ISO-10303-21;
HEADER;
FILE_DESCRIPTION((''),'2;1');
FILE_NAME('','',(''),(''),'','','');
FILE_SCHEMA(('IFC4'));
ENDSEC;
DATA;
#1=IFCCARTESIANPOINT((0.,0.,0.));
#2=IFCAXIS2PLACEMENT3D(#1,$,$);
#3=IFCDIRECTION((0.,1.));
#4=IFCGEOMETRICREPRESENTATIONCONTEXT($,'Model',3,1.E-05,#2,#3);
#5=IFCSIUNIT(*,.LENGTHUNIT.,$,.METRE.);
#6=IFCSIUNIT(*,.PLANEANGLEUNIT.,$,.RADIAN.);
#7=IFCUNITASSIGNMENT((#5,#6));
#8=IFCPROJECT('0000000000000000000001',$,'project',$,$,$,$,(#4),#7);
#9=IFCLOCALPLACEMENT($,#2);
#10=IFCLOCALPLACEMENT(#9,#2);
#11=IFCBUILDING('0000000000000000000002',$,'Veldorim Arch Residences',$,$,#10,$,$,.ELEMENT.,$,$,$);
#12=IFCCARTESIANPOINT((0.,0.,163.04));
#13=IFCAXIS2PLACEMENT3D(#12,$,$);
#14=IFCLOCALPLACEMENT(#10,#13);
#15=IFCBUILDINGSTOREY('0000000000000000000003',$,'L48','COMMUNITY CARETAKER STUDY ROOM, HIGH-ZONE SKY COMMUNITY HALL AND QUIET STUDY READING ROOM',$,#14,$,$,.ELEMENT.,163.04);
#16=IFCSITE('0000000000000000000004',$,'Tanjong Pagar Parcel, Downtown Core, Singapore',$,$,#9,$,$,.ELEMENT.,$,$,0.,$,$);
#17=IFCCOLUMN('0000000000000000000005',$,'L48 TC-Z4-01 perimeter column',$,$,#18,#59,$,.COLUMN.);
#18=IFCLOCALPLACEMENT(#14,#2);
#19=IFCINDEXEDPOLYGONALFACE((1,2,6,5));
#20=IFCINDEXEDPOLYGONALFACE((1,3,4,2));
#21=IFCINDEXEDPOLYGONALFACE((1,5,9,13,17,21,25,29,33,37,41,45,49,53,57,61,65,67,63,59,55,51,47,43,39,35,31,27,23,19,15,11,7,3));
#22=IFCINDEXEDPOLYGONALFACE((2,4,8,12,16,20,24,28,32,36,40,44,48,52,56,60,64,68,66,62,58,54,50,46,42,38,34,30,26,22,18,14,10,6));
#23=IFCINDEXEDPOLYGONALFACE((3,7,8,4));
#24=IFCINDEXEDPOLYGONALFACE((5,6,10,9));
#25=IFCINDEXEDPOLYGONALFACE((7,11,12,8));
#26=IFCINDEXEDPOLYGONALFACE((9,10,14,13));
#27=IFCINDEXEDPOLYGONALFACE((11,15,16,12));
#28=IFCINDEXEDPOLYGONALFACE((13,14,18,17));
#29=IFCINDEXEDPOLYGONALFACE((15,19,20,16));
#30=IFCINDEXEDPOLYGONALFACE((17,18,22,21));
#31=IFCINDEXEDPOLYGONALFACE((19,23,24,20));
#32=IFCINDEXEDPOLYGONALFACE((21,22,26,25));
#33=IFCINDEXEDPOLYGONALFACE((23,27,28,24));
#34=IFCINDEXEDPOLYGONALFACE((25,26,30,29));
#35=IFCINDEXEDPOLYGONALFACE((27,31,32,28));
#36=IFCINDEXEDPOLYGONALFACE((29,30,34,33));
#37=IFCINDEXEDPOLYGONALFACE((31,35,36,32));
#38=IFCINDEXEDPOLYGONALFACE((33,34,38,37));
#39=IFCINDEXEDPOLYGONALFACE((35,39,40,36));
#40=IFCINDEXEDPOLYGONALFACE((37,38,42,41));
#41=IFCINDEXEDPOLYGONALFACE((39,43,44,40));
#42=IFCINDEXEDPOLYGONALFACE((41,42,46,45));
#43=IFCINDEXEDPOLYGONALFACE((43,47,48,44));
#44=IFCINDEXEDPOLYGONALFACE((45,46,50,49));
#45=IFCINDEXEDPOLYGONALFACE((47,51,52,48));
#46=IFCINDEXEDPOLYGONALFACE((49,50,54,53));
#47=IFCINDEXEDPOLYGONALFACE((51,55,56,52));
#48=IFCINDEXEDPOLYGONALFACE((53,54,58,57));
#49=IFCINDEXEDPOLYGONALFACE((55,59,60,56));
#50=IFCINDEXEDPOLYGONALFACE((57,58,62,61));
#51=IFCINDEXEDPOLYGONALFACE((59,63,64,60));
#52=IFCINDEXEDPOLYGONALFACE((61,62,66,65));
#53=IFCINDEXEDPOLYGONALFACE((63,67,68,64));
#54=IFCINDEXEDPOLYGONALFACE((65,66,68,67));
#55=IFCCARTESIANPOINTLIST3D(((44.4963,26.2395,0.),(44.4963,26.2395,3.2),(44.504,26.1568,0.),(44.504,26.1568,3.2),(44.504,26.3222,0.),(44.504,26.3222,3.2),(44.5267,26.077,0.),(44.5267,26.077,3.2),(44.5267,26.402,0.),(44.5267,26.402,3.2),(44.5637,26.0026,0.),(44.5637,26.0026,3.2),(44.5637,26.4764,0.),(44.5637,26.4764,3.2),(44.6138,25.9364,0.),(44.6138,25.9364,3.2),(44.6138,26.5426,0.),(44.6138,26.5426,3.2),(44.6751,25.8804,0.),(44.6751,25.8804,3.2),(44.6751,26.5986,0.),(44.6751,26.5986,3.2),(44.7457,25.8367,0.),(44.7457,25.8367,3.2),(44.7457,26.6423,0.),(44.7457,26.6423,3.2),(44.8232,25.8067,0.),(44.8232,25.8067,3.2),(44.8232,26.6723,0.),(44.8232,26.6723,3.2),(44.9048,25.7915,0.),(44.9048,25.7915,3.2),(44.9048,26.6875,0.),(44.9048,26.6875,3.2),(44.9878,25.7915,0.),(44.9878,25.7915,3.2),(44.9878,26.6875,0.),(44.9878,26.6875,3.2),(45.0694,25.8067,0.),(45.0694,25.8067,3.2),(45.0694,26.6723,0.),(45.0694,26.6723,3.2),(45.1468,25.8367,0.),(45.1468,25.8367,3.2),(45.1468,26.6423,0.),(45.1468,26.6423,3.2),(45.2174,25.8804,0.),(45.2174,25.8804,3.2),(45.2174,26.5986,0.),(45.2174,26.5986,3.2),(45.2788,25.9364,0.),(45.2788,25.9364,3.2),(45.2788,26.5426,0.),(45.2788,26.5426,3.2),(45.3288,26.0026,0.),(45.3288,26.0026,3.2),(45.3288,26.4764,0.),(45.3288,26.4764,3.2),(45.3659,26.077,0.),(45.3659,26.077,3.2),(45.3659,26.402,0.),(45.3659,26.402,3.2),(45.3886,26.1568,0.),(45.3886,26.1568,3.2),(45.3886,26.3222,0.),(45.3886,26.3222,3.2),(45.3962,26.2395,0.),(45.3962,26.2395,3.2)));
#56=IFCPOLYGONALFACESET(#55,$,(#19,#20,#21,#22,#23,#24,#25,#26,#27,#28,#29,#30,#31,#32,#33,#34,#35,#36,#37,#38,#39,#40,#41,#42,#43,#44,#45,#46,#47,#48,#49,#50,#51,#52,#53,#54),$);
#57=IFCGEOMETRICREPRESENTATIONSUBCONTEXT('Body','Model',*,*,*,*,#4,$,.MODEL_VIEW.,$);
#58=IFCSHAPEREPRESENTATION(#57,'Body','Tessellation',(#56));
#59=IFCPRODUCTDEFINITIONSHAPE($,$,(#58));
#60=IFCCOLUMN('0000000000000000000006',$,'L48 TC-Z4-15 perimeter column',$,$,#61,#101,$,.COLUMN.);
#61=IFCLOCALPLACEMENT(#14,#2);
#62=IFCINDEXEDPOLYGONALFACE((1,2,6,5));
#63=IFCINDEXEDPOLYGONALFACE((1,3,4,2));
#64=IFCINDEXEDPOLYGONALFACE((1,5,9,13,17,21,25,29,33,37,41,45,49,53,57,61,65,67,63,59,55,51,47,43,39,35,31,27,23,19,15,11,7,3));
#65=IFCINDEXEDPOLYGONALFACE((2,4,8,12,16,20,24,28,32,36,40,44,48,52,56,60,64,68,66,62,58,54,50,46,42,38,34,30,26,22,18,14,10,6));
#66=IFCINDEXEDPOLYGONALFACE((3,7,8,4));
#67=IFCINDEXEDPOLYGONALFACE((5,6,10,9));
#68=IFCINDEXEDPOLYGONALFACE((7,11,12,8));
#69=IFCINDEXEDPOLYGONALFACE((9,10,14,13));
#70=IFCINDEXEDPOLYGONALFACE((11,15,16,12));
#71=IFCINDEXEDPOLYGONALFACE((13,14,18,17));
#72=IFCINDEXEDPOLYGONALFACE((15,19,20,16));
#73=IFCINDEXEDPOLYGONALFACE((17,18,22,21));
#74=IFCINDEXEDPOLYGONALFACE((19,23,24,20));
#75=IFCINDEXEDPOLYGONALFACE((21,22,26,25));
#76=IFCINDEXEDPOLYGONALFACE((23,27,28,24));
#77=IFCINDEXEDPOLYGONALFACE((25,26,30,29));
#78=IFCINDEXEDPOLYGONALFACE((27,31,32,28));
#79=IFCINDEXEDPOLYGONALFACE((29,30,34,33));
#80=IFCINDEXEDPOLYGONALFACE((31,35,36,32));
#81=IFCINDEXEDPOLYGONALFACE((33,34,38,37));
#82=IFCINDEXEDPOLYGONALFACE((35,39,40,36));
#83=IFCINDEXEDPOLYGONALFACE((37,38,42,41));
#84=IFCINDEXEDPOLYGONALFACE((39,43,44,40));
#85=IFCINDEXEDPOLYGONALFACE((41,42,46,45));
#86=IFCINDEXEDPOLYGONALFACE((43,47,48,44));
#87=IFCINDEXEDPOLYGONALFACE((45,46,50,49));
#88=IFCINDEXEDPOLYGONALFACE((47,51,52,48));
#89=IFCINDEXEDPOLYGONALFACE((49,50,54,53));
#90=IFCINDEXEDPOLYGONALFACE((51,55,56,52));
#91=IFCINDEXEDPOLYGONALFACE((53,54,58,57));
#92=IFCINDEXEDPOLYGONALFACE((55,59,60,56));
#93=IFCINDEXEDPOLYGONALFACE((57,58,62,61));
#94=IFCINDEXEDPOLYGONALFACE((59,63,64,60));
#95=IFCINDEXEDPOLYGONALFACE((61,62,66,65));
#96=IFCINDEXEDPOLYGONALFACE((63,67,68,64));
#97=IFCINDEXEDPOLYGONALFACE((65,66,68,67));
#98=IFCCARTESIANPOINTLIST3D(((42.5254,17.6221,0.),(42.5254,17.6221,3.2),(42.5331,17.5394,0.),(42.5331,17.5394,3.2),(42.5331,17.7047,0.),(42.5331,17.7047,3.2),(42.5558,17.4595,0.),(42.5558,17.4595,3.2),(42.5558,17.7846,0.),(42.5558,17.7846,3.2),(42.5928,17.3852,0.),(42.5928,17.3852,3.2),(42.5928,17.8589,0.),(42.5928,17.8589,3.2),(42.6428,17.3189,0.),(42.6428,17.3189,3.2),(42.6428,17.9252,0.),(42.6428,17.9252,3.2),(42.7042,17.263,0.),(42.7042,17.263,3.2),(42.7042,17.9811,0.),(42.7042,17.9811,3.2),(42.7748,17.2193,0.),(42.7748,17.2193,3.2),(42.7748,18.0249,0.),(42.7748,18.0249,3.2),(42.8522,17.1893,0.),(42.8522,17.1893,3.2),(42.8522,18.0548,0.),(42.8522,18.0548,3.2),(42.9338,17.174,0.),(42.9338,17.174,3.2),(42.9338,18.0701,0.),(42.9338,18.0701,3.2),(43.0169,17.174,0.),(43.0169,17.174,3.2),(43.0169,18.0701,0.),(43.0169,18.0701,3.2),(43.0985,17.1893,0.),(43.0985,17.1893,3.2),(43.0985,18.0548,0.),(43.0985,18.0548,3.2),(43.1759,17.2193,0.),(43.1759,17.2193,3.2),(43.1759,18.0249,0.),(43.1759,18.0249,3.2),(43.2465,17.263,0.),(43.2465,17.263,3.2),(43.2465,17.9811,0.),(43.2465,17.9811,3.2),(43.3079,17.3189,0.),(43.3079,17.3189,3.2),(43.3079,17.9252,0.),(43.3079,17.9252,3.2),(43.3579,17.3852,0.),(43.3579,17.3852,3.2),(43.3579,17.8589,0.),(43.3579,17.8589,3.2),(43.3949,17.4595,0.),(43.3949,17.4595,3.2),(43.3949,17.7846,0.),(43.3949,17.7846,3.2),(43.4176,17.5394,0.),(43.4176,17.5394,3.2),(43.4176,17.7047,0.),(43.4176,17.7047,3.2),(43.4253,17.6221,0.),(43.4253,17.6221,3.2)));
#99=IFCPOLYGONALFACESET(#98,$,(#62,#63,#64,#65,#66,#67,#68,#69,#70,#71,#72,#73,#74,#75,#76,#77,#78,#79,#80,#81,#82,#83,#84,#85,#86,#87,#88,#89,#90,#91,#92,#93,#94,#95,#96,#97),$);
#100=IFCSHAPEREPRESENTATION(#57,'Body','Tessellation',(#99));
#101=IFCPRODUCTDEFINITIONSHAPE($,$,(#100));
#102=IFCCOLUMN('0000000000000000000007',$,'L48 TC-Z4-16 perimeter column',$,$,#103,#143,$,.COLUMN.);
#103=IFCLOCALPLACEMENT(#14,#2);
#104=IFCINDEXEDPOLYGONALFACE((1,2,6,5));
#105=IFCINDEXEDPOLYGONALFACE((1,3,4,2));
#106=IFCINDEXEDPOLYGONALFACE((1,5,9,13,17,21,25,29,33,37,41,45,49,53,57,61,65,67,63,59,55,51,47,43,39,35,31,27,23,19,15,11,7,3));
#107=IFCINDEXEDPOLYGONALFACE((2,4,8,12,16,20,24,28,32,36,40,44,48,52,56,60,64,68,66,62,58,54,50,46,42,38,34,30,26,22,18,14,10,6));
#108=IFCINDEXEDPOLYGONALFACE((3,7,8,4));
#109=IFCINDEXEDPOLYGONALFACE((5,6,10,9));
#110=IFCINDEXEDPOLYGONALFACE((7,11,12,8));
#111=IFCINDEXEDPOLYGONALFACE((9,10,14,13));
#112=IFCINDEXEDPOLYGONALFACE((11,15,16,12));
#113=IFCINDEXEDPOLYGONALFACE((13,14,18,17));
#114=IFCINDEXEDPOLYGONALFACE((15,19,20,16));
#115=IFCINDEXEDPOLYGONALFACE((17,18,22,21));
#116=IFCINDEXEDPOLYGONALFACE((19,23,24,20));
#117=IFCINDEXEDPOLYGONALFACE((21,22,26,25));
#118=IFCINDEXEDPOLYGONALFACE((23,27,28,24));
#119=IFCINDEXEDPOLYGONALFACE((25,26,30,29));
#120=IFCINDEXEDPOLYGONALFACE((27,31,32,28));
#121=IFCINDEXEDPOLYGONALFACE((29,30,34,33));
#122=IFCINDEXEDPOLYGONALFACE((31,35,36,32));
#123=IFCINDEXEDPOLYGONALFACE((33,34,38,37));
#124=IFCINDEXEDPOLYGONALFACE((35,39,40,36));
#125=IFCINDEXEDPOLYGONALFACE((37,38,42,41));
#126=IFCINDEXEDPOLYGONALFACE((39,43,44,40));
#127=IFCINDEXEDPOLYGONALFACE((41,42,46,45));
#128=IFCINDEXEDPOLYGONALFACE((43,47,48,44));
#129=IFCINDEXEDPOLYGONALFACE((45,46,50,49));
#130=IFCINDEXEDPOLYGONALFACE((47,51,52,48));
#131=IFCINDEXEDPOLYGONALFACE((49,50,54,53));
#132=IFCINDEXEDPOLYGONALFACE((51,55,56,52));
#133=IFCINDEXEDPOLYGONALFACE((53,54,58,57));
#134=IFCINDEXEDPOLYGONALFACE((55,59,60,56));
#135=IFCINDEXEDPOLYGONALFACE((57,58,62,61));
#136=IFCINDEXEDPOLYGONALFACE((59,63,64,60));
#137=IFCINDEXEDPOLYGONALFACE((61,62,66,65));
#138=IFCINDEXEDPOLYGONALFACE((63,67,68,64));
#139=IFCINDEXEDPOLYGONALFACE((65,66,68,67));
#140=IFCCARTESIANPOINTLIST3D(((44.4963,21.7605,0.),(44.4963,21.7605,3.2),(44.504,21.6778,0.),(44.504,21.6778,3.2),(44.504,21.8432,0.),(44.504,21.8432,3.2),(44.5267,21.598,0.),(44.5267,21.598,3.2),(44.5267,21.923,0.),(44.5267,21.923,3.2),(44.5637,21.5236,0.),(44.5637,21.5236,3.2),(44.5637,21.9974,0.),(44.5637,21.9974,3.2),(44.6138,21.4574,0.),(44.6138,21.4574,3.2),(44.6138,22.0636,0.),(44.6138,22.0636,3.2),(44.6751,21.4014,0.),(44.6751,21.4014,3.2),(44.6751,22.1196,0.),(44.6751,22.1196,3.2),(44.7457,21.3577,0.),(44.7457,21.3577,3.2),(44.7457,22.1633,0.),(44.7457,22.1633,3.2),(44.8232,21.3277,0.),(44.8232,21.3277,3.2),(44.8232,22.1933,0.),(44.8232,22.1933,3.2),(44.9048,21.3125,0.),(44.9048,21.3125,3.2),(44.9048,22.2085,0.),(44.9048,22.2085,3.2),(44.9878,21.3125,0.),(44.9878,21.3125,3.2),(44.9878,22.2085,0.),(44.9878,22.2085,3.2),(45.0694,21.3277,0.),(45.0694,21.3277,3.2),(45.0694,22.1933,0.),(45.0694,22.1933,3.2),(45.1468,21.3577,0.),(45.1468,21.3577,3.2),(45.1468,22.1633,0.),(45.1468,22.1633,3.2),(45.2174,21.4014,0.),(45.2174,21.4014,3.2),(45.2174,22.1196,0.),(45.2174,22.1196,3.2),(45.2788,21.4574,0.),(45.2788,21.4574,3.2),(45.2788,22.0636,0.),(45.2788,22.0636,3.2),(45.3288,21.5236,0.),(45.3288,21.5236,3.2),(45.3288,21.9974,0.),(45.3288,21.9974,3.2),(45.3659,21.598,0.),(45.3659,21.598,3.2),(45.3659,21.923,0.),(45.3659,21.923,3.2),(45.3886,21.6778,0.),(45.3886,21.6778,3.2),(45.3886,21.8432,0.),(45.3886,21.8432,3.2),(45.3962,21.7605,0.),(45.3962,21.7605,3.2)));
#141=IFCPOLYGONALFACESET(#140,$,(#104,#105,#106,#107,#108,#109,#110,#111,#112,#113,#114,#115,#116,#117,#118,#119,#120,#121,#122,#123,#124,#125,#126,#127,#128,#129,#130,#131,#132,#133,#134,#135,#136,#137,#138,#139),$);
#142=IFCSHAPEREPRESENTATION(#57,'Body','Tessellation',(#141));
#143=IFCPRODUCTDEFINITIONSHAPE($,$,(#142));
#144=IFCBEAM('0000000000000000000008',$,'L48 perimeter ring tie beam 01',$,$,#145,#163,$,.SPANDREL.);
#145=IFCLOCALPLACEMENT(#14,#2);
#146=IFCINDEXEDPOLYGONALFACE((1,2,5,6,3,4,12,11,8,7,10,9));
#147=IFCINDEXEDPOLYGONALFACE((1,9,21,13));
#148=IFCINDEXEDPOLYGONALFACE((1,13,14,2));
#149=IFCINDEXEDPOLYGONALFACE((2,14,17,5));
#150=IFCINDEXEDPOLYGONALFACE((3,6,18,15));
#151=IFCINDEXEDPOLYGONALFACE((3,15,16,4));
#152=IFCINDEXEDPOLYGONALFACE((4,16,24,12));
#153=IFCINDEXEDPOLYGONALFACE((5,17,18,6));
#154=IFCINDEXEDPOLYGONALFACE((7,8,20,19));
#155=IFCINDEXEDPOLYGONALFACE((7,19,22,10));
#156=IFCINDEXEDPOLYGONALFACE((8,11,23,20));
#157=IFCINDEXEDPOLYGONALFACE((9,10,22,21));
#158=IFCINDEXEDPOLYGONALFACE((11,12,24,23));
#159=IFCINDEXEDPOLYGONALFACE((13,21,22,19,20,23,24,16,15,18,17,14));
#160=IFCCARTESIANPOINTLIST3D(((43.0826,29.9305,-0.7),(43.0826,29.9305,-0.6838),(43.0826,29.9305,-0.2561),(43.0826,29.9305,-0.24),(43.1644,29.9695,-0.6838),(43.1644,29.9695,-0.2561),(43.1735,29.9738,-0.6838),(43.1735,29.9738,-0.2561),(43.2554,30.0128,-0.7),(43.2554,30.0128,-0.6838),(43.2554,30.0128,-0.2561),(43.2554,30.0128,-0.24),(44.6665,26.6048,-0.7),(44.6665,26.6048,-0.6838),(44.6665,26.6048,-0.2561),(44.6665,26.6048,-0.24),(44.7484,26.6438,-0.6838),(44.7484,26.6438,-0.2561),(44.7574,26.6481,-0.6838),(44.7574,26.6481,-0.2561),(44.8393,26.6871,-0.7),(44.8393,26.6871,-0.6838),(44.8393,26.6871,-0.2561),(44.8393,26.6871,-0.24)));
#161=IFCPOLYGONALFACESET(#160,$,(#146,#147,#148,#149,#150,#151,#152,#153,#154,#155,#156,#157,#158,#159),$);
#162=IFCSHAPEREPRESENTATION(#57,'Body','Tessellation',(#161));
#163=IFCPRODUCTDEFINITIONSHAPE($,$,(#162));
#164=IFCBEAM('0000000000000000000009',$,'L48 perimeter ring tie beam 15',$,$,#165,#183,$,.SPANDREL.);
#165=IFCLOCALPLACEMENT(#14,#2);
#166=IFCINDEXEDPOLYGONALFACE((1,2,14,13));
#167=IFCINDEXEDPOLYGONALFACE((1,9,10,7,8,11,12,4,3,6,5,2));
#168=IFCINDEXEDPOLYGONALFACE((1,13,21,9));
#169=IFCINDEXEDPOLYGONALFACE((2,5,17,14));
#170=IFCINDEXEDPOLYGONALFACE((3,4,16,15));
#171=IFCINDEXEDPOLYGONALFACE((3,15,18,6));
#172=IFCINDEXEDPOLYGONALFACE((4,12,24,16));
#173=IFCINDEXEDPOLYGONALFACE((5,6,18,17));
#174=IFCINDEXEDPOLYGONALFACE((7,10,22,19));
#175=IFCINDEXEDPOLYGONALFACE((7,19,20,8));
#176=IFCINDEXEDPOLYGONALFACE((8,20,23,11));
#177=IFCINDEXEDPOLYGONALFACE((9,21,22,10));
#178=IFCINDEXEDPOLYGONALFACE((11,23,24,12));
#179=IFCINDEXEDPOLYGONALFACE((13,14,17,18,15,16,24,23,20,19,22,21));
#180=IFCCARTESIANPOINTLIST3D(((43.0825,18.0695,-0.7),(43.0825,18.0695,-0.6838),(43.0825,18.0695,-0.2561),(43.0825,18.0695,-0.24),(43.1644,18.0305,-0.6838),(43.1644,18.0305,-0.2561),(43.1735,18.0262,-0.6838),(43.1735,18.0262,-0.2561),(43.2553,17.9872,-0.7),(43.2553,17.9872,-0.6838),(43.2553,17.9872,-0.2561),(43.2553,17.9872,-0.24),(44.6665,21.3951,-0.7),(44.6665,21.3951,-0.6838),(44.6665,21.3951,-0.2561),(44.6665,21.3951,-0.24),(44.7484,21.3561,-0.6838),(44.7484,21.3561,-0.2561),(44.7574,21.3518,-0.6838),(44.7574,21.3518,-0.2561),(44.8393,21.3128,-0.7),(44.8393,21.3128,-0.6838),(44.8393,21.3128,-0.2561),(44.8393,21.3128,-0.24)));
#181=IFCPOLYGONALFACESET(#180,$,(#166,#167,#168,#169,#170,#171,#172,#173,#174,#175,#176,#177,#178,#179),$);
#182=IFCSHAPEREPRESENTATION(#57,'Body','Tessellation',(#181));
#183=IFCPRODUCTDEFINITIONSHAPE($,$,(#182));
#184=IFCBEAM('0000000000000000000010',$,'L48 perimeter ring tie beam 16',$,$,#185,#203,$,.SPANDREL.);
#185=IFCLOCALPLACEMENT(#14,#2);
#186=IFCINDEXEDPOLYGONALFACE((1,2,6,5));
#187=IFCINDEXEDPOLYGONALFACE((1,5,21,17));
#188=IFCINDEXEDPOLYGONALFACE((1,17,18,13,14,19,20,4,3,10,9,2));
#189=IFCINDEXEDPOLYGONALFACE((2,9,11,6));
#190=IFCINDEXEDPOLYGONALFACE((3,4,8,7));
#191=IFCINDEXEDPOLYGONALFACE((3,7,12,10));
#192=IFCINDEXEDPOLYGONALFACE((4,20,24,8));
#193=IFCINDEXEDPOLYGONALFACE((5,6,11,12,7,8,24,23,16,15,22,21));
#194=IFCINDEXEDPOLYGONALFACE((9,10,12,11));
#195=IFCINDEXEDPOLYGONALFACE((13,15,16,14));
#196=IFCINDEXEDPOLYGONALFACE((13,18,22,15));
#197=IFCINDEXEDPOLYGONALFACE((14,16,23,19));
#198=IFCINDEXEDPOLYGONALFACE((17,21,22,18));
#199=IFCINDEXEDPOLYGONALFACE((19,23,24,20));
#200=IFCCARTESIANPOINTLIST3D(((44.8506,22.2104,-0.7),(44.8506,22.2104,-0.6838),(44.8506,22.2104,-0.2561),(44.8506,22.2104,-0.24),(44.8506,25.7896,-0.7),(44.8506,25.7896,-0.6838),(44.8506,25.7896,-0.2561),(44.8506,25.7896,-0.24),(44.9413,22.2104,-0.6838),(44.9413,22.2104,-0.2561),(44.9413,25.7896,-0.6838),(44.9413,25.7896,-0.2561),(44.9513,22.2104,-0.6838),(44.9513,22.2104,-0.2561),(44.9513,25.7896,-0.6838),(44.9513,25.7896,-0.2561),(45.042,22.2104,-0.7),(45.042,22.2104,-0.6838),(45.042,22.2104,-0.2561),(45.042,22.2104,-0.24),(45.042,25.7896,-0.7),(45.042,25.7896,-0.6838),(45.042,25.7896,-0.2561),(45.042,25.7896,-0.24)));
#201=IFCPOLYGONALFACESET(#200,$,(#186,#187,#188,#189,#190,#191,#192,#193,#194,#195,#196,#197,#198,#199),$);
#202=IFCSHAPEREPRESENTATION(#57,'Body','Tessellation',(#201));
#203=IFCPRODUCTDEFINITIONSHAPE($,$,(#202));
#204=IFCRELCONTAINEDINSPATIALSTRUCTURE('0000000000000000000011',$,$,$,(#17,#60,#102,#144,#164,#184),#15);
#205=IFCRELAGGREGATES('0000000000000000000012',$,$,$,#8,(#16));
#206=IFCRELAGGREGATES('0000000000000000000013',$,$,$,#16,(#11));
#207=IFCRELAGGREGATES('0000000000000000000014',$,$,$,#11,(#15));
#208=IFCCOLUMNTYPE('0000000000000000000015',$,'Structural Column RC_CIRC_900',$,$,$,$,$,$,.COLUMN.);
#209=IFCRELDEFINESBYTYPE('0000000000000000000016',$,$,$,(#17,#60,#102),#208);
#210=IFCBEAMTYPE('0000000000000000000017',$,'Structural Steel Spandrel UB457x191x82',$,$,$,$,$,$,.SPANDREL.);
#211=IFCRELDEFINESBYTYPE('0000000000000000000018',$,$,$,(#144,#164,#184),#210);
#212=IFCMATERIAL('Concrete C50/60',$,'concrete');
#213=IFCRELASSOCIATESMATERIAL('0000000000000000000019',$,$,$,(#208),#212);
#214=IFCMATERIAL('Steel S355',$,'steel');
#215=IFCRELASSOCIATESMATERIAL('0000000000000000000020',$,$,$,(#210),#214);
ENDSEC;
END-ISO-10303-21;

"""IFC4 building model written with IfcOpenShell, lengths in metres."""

from ifc_helpers import new_model, si_unit, direction, frame, origin, origin_2d, place, context, subcontext, project, spatial, circle, i_section, extrude, material, material_profile, profile_set, type_object, element, save


model = new_model("IFC4")

# Units and contexts
model_context = context("Model", 3, precision=1e-05, world=origin(), true_north=direction((0.0, 1.0)))
body_context = subcontext(model_context, "Body", "Model", "MODEL_VIEW")
ifc_project = project(units=[si_unit("LENGTHUNIT", "METRE"), si_unit("PLANEANGLEUNIT", "RADIAN")], contexts=[model_context])

# Site, building, storey
site_placement = place(None, origin())
site = spatial("IfcSite", under=ifc_project, at=site_placement, Name="Tanjong Pagar Parcel, Downtown Core, Singapore", CompositionType="ELEMENT", RefElevation=0.0)
building_placement = place(site_placement, origin())
building = spatial("IfcBuilding", under=site, at=building_placement, Name="Veldorim Arch Residences", CompositionType="ELEMENT")
storey_placement = place(building_placement, frame((0.0, 0.0, 163.04)))
storey = spatial("IfcBuildingStorey", under=building, at=storey_placement, Name="L48", Description="COMMUNITY CARETAKER STUDY ROOM, HIGH-ZONE SKY COMMUNITY HALL AND QUIET STUDY READING ROOM", CompositionType="ELEMENT", Elevation=163.04)

# Columns
ifc_material_1 = material(Name="Concrete C50/60", Category="concrete")
ifc_material_profile_1 = material_profile(ifc_material_1, circle(Radius=0.45, at=origin_2d()), Name="RC_CIRC_900")
ifc_profile_set_1 = profile_set([ifc_material_profile_1], Name="Concrete C50/60")
column_type = type_object("IfcColumnType", Name="Structural Column RC_CIRC_900", PredefinedType="COLUMN", material=ifc_profile_set_1)
for number, where, z_axis, x_axis, name in (
    (1, (44.9463, 26.2395, 0.0), (0.0, 0.0, 1.0), (1.0, 0.0, 0.0), "L48 TC-Z4-01 perimeter column"),
    (2, (42.9753, 17.6221, 0.0), (0.0, 0.0, 1.0), (1.0, 0.0, 0.0), "L48 TC-Z4-15 perimeter column"),
    (3, (44.9463, 21.7605, 0.0), (0.0, 0.0, 1.0), (1.0, 0.0, 0.0), "L48 TC-Z4-16 perimeter column"),
):
    element("IfcColumn", number, at=place(storey_placement, frame(where, z_axis=z_axis, x_axis=x_axis)), inside=storey, type_object=column_type, Name=name, PredefinedType="COLUMN", context=body_context, shape_type="SweptSolid", body=[
        extrude(circle(Radius=0.45, at=origin_2d()), origin(), (0.0, 0.0, 1.0), 3.2),
    ])

# Beams
ifc_material_2 = material(Name="Steel S355", Category="steel")
ifc_material_profile_2 = material_profile(ifc_material_2, i_section(OverallWidth=0.1914, OverallDepth=0.46, WebThickness=0.01, FlangeThickness=0.0161, at=origin_2d()), Name="UB457x191x82")
ifc_profile_set_2 = profile_set([ifc_material_profile_2], Name="Steel S355")
beam_type = type_object("IfcBeamType", Name="Structural Steel Spandrel UB457x191x82", PredefinedType="SPANDREL", material=ifc_profile_set_2)
for number, where, z_axis, x_axis, name in (
    (4, (44.7529, 26.646, -0.47), (-0.430006, 0.902826, 0.0), (-0.902826, -0.430006, 0.0), "L48 perimeter ring tie beam 01"),
    (5, (43.1689, 18.0283, -0.47), (0.430006, 0.902826, 0.0), (-0.902826, 0.430006, 0.0), "L48 perimeter ring tie beam 15"),
):
    element("IfcBeam", number, at=place(storey_placement, frame(where, z_axis=z_axis, x_axis=x_axis)), inside=storey, type_object=beam_type, Name=name, PredefinedType="SPANDREL", context=body_context, shape_type="SweptSolid", body=[
        extrude(i_section(OverallWidth=0.1914, OverallDepth=0.46, WebThickness=0.01, FlangeThickness=0.0161, at=origin_2d()), origin(), (0.0, 0.0, 1.0), 3.6836),
    ])
beam_placement = place(storey_placement, frame((44.9463, 22.2104, -0.47), z_axis=(0.0, 1.0, 0.0), x_axis=(-1.0, 0.0, 0.0)))
element("IfcBeam", 6, at=beam_placement, inside=storey, type_object=beam_type, Name="L48 perimeter ring tie beam 16", PredefinedType="SPANDREL", context=body_context, shape_type="SweptSolid", body=[
    extrude(i_section(OverallWidth=0.1914, OverallDepth=0.46, WebThickness=0.01, FlangeThickness=0.0161, at=origin_2d()), origin(), (0.0, 0.0, 1.0), 3.5791),
])

save(model, "model.ifc")
